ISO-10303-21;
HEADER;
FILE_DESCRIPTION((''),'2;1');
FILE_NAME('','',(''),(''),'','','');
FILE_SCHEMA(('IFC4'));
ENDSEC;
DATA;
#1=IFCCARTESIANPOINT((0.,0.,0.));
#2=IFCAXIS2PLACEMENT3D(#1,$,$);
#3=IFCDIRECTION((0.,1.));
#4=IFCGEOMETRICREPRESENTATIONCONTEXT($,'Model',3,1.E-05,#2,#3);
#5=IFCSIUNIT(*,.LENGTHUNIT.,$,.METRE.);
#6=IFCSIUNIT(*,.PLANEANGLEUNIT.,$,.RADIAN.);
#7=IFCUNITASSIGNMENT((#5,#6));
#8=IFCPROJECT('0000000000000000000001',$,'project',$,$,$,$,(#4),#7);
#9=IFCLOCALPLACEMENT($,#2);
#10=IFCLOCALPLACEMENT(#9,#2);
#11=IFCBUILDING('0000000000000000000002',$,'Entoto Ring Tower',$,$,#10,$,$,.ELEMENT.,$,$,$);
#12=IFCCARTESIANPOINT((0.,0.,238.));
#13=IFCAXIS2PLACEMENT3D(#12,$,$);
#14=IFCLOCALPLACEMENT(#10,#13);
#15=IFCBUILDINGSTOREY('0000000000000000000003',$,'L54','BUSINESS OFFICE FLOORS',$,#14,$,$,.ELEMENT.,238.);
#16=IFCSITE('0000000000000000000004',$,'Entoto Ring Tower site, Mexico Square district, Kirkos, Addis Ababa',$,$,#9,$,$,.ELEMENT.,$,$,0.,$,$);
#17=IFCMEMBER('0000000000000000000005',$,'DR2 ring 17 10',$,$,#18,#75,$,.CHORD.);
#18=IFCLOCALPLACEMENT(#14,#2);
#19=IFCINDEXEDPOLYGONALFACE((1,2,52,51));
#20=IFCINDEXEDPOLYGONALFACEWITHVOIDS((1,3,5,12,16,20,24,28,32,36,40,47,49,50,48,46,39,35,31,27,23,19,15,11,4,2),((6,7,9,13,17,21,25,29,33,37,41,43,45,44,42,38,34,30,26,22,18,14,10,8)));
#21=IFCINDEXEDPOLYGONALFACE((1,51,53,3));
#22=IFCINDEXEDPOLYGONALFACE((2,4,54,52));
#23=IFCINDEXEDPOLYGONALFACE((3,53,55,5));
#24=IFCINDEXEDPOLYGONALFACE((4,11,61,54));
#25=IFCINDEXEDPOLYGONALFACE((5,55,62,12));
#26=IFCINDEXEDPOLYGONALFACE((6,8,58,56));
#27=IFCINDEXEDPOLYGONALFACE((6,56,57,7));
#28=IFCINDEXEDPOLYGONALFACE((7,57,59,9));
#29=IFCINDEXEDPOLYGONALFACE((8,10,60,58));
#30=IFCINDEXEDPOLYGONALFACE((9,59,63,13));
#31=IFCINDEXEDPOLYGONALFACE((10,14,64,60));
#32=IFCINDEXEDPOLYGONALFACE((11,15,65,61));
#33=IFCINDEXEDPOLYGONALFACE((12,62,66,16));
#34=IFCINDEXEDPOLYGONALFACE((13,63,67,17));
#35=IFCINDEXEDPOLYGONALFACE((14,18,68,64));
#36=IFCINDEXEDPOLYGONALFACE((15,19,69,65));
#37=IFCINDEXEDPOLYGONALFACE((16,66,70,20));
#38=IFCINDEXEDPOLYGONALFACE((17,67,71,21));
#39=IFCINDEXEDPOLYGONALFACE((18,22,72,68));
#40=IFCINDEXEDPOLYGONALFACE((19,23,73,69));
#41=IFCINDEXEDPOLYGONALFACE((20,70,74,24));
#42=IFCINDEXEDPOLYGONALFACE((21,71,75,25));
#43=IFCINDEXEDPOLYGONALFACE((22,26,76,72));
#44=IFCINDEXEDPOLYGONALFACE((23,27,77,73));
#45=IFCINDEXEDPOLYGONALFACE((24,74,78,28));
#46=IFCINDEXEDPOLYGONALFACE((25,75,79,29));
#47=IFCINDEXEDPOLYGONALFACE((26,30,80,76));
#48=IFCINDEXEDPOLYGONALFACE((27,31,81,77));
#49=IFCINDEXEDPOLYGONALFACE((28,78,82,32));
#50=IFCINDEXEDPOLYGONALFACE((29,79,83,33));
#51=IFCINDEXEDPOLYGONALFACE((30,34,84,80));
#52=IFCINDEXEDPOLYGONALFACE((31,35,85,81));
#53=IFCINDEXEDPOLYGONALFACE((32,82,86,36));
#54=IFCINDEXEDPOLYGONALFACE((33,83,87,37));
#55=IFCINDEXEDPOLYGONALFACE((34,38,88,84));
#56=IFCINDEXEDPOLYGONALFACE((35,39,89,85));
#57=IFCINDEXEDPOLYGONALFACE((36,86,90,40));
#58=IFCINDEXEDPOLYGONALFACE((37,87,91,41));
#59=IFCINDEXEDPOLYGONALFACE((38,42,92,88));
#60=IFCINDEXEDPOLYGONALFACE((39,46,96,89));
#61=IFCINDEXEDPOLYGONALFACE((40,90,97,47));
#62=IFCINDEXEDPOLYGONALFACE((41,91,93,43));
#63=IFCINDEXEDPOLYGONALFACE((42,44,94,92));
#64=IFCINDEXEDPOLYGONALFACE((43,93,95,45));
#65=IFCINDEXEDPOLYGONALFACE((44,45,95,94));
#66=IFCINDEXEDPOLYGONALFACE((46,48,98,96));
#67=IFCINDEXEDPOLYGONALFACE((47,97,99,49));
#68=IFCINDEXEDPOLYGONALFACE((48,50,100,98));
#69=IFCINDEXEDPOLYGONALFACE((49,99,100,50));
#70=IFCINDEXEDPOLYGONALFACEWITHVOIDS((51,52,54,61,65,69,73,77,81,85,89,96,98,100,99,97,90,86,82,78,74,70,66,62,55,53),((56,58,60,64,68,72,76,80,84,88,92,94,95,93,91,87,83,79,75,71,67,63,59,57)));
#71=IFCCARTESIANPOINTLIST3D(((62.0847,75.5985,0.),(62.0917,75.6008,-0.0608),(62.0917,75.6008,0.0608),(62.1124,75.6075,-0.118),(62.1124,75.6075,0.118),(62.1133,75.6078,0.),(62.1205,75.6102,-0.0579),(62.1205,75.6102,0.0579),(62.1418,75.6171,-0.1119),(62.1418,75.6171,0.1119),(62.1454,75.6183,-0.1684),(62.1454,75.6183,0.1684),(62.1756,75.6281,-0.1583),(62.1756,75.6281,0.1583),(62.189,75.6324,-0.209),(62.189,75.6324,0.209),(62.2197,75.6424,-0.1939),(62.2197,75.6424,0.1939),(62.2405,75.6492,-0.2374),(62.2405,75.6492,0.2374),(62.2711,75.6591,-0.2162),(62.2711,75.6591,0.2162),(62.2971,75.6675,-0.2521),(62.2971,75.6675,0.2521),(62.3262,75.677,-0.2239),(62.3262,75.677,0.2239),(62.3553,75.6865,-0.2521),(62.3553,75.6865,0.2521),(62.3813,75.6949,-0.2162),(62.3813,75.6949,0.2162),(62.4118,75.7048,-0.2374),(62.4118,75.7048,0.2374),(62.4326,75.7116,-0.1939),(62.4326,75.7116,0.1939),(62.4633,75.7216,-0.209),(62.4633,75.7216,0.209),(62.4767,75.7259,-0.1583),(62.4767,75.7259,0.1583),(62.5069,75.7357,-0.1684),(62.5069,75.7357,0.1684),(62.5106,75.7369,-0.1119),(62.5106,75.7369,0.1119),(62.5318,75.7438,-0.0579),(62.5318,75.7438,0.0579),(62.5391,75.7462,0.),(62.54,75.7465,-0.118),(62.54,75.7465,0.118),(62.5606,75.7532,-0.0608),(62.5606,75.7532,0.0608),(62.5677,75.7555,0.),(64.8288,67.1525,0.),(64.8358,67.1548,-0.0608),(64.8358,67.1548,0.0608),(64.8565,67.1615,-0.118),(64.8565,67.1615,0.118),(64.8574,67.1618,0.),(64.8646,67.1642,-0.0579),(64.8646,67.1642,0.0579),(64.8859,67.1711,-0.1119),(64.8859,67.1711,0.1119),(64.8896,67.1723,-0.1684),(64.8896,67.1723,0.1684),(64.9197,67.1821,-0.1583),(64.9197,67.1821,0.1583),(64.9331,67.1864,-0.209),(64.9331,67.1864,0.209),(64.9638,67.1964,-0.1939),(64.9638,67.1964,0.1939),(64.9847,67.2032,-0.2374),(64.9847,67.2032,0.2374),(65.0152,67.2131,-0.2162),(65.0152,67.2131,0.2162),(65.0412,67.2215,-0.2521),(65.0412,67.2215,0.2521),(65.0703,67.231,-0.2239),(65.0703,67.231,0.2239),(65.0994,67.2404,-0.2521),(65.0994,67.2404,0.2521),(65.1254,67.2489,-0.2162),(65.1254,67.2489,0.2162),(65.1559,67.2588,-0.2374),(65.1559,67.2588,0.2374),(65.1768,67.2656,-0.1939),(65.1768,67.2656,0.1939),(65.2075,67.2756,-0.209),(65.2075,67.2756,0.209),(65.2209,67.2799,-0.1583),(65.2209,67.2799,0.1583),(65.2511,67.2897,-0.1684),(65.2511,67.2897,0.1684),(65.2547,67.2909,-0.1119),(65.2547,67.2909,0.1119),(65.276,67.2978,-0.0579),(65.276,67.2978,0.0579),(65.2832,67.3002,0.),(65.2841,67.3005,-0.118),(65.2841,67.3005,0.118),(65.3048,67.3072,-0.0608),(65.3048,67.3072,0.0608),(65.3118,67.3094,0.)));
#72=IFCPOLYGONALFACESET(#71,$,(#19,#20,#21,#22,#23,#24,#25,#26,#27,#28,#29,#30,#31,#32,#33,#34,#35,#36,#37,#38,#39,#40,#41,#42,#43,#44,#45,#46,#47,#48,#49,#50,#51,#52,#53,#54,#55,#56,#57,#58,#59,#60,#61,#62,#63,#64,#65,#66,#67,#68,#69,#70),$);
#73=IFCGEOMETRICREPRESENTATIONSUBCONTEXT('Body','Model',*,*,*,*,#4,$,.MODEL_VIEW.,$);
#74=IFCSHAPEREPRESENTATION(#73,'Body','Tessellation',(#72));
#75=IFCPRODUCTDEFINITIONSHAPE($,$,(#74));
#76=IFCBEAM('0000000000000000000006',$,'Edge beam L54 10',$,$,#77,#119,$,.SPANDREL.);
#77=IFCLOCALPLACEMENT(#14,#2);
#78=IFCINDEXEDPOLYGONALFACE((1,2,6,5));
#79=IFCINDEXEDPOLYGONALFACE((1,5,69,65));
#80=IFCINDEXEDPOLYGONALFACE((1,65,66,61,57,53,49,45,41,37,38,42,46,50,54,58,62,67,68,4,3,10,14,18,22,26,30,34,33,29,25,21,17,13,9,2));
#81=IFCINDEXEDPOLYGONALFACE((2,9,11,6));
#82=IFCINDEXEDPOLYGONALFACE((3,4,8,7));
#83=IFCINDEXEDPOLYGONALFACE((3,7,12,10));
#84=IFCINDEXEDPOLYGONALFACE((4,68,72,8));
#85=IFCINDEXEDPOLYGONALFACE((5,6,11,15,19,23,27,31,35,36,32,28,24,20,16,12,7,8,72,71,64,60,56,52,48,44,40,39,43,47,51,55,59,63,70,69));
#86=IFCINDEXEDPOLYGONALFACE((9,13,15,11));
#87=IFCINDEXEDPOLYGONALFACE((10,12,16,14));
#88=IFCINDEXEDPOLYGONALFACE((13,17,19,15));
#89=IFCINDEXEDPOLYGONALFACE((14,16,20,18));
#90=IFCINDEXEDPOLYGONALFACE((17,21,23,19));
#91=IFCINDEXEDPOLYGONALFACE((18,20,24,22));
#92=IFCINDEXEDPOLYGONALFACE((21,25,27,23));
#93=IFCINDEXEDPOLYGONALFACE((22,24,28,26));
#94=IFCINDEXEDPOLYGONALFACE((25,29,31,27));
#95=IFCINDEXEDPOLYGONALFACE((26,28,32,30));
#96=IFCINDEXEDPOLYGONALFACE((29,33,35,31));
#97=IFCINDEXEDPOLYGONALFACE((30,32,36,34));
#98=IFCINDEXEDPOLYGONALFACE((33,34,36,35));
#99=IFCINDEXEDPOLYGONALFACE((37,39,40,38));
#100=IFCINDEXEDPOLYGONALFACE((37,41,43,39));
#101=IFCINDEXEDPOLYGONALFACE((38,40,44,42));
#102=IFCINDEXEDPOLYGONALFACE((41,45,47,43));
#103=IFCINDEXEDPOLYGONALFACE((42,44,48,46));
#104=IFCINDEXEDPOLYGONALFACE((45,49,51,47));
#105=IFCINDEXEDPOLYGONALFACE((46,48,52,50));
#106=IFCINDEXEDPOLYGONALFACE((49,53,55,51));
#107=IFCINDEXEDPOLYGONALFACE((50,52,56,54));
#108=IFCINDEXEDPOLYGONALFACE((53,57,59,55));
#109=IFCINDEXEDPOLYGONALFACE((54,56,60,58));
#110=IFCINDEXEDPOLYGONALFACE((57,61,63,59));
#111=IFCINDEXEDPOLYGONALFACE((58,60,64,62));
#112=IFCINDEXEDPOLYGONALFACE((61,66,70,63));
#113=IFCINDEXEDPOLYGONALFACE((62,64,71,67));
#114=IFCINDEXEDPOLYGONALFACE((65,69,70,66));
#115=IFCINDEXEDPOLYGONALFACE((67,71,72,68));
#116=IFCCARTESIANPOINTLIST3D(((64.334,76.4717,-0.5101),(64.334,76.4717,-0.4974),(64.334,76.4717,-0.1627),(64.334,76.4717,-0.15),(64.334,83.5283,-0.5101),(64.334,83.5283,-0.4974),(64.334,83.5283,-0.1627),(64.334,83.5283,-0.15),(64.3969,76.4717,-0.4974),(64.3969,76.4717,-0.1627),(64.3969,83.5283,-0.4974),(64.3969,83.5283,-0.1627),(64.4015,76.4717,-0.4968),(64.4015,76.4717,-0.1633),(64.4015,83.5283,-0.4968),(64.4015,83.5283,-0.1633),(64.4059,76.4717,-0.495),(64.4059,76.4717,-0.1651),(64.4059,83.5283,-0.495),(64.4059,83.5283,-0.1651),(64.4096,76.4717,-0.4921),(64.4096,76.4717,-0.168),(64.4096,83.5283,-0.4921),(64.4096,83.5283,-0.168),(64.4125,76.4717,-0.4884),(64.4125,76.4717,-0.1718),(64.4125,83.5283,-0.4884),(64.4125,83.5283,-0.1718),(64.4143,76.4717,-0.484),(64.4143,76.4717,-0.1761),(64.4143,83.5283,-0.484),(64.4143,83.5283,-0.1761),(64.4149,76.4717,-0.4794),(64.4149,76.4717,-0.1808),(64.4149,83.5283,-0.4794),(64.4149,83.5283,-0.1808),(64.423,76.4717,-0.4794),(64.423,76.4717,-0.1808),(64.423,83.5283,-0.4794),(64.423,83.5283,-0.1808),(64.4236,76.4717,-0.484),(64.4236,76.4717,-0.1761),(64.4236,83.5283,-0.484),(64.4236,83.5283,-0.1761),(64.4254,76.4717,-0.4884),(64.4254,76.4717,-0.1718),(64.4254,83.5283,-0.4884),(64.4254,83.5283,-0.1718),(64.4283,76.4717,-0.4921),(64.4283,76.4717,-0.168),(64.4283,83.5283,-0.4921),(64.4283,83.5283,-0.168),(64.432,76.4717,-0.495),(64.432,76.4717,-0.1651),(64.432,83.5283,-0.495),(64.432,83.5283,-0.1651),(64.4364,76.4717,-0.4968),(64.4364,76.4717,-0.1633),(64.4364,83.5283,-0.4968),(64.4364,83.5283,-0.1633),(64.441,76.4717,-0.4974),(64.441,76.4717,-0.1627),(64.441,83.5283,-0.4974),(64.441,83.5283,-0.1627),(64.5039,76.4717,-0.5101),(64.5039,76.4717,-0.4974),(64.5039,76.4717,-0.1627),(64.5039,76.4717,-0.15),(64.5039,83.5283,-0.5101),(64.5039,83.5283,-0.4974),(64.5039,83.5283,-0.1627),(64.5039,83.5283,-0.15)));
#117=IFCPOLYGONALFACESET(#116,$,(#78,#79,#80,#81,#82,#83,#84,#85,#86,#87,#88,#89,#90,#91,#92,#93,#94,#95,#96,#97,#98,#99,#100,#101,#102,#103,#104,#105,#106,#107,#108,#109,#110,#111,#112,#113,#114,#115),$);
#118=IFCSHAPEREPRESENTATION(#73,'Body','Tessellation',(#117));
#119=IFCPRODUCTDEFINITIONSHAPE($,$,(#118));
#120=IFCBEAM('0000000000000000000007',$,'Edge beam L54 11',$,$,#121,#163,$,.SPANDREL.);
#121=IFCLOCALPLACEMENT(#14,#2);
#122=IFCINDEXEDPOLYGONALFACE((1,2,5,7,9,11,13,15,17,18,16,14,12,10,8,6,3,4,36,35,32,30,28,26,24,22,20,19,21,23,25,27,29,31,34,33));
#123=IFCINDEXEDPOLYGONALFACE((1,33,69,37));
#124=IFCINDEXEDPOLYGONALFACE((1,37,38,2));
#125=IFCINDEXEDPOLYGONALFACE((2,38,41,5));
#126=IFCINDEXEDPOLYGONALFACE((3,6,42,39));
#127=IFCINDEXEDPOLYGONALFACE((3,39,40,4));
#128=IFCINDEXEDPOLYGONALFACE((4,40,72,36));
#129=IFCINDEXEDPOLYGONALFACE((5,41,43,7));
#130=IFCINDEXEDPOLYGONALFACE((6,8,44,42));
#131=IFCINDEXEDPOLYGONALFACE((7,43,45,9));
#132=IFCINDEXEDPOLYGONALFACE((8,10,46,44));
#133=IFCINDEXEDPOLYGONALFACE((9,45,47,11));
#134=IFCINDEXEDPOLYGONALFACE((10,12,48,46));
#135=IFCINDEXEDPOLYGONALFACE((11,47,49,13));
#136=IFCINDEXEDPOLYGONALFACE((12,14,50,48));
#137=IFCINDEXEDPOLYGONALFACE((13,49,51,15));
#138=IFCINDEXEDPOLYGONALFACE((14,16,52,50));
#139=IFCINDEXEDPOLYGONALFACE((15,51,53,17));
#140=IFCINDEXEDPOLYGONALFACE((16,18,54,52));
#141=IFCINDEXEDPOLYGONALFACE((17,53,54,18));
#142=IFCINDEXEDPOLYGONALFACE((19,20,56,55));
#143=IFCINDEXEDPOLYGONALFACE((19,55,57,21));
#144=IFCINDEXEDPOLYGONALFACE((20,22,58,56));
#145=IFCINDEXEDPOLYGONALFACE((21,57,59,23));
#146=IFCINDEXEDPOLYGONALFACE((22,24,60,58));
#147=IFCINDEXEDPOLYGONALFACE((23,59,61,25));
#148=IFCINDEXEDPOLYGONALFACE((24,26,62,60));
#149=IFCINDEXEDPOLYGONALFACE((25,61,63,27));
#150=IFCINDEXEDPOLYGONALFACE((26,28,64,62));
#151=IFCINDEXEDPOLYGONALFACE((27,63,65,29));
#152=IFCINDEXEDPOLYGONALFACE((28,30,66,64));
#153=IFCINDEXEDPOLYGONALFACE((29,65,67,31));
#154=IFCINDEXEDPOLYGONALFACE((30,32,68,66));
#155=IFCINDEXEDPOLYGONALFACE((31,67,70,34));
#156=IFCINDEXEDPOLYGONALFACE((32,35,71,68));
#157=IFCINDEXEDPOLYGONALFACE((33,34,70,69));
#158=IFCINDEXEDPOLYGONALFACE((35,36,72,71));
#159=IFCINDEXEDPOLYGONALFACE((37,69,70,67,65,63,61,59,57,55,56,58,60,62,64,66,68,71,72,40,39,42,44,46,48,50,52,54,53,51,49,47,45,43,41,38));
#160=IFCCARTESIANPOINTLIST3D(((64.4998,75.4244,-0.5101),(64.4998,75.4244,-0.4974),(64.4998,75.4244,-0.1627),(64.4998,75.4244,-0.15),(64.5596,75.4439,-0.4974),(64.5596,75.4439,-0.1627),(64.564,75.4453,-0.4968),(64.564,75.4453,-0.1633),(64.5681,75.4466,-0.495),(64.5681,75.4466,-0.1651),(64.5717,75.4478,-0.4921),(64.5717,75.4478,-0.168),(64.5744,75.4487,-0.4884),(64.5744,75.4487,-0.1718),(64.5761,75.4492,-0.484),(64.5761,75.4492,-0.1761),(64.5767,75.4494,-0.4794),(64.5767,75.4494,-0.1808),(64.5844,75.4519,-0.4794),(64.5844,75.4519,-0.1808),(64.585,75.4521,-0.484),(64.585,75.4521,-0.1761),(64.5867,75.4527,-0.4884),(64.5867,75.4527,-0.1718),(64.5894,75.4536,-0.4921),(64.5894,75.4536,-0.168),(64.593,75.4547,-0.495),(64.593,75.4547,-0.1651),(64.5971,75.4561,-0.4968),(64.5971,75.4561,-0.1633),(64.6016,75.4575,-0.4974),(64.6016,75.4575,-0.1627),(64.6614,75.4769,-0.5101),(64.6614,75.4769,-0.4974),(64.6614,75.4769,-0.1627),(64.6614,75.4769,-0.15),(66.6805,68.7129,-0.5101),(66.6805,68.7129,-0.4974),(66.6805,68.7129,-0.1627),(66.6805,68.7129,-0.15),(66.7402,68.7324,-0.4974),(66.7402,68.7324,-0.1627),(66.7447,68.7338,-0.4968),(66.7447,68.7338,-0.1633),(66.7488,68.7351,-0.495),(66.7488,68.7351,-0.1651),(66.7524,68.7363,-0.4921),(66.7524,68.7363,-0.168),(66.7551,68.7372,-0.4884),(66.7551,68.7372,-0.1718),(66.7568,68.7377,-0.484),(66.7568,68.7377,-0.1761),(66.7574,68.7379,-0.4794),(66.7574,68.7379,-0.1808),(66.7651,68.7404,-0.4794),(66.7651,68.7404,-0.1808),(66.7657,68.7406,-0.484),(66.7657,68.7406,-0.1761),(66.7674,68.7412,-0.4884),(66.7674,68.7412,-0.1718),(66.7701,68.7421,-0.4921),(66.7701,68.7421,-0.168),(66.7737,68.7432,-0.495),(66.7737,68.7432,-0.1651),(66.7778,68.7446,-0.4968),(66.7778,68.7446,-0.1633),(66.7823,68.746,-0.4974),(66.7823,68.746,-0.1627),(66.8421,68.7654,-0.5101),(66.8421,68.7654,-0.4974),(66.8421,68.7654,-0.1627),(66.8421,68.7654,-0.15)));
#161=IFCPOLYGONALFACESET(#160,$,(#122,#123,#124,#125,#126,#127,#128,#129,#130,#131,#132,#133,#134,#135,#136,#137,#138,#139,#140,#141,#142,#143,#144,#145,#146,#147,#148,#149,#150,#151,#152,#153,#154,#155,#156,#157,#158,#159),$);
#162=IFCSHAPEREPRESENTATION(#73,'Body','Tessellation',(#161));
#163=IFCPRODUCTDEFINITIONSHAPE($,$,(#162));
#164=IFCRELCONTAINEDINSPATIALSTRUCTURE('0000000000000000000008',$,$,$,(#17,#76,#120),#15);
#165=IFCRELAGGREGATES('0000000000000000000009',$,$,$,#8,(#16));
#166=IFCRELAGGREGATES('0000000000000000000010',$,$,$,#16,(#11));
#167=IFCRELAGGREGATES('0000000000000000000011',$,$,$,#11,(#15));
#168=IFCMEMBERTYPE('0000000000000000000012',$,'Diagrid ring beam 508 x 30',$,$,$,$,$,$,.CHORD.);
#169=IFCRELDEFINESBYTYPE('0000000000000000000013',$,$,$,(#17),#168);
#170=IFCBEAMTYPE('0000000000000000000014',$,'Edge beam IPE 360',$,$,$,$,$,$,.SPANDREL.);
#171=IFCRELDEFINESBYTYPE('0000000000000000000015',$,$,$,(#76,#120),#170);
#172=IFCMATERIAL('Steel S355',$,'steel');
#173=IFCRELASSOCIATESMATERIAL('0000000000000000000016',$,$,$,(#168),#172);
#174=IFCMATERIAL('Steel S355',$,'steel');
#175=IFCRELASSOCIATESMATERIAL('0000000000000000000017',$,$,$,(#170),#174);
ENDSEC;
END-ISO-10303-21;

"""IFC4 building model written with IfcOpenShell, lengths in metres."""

from ifc_helpers import new_model, si_unit, direction, frame, origin, origin_2d, place, context, subcontext, project, spatial, circle, hollow_circle, i_section, extrude, material, material_profile, profile_set, type_object, element, save


model = new_model("IFC4")

# Units and contexts
model_context = context("Model", 3, precision=1e-05, world=origin(), true_north=direction((0.0, 1.0)))
body_context = subcontext(model_context, "Body", "Model", "MODEL_VIEW")
ifc_project = project(units=[si_unit("LENGTHUNIT", "METRE"), si_unit("PLANEANGLEUNIT", "RADIAN")], contexts=[model_context])

# Site, building, storey
site_placement = place(None, origin())
site = spatial("IfcSite", under=ifc_project, at=site_placement, Name="Entoto Ring Tower site, Mexico Square district, Kirkos, Addis Ababa", CompositionType="ELEMENT", RefElevation=0.0)
building_placement = place(site_placement, origin())
building = spatial("IfcBuilding", under=site, at=building_placement, Name="Entoto Ring Tower", CompositionType="ELEMENT")
storey_placement = place(building_placement, frame((0.0, 0.0, 238.0)))
storey = spatial("IfcBuildingStorey", under=building, at=storey_placement, Name="L54", Description="BUSINESS OFFICE FLOORS", CompositionType="ELEMENT", Elevation=238.0)

# Member
ifc_material_1 = material(Name="Steel S355", Category="steel")
ifc_material_profile_1 = material_profile(ifc_material_1, hollow_circle(Radius=0.2539, WallThickness=0.03, at=origin_2d()), Name="CHS 508 x 30")
ifc_material_2 = material(Name="Concrete C60/75", Category="concrete")
ifc_material_profile_2 = material_profile(ifc_material_2, circle(Radius=0.2241, at=origin_2d()), Name="Concrete C60/75 infill")
ifc_profile_set_1 = profile_set([ifc_material_profile_1, ifc_material_profile_2], Name="Steel S355")
member_type_1 = type_object("IfcMemberType", Name="Diagrid ring beam 508 x 30", PredefinedType="CHORD", material=ifc_profile_set_1)
member_1_placement = place(storey_placement, frame((62.3262, 75.677, 0.0), z_axis=(0.309002, -0.951061, 0.0), x_axis=(0.951061, 0.309002, 0.0)))
element("IfcMember", 1, at=member_1_placement, inside=storey, type_object=member_type_1, Name="DR2 ring 17 10", PredefinedType="CHORD", context=body_context, shape_type="SweptSolid", body=[
    extrude(hollow_circle(Radius=0.2539, WallThickness=0.03, at=origin_2d()), origin(), (0.0, 0.0, 1.0), 8.8806),
])

# Beams
ifc_material_3 = material(Name="Steel S355", Category="steel")
ifc_material_profile_3 = material_profile(ifc_material_3, i_section(OverallWidth=0.1699, OverallDepth=0.3601, WebThickness=0.0081, FlangeThickness=0.0127, FilletRadius=0.0181, at=origin_2d()), Name="IPE 360")
ifc_profile_set_2 = profile_set([ifc_material_profile_3], Name="Steel S355")
beam_type_1 = type_object("IfcBeamType", Name="Edge beam IPE 360", PredefinedType="SPANDREL", material=ifc_profile_set_2)
beam_1_placement = place(storey_placement, frame((64.4189, 83.5283, -0.3301), z_axis=(0.0, -1.0, 0.0), x_axis=(1.0, 0.0, 0.0)))
element("IfcBeam", 2, at=beam_1_placement, inside=storey, type_object=beam_type_1, Name="Edge beam L54 10", PredefinedType="SPANDREL", context=body_context, shape_type="SweptSolid", body=[
    extrude(i_section(OverallWidth=0.1699, OverallDepth=0.3601, WebThickness=0.0081, FlangeThickness=0.0127, FilletRadius=0.0181, at=origin_2d()), origin(), (0.0, 0.0, 1.0), 7.0566),
])
beam_2_placement = place(storey_placement, frame((64.5806, 75.4507, -0.3301), z_axis=(0.309016, -0.951057, 0.0), x_axis=(0.951057, 0.309016, 0.0)))
element("IfcBeam", 3, at=beam_2_placement, inside=storey, type_object=beam_type_1, Name="Edge beam L54 11", PredefinedType="SPANDREL", context=body_context, shape_type="SweptSolid", body=[
    extrude(i_section(OverallWidth=0.1699, OverallDepth=0.3601, WebThickness=0.0081, FlangeThickness=0.0127, FilletRadius=0.0181, at=origin_2d()), origin(), (0.0, 0.0, 1.0), 7.0569),
])

save(model, "model.ifc")
